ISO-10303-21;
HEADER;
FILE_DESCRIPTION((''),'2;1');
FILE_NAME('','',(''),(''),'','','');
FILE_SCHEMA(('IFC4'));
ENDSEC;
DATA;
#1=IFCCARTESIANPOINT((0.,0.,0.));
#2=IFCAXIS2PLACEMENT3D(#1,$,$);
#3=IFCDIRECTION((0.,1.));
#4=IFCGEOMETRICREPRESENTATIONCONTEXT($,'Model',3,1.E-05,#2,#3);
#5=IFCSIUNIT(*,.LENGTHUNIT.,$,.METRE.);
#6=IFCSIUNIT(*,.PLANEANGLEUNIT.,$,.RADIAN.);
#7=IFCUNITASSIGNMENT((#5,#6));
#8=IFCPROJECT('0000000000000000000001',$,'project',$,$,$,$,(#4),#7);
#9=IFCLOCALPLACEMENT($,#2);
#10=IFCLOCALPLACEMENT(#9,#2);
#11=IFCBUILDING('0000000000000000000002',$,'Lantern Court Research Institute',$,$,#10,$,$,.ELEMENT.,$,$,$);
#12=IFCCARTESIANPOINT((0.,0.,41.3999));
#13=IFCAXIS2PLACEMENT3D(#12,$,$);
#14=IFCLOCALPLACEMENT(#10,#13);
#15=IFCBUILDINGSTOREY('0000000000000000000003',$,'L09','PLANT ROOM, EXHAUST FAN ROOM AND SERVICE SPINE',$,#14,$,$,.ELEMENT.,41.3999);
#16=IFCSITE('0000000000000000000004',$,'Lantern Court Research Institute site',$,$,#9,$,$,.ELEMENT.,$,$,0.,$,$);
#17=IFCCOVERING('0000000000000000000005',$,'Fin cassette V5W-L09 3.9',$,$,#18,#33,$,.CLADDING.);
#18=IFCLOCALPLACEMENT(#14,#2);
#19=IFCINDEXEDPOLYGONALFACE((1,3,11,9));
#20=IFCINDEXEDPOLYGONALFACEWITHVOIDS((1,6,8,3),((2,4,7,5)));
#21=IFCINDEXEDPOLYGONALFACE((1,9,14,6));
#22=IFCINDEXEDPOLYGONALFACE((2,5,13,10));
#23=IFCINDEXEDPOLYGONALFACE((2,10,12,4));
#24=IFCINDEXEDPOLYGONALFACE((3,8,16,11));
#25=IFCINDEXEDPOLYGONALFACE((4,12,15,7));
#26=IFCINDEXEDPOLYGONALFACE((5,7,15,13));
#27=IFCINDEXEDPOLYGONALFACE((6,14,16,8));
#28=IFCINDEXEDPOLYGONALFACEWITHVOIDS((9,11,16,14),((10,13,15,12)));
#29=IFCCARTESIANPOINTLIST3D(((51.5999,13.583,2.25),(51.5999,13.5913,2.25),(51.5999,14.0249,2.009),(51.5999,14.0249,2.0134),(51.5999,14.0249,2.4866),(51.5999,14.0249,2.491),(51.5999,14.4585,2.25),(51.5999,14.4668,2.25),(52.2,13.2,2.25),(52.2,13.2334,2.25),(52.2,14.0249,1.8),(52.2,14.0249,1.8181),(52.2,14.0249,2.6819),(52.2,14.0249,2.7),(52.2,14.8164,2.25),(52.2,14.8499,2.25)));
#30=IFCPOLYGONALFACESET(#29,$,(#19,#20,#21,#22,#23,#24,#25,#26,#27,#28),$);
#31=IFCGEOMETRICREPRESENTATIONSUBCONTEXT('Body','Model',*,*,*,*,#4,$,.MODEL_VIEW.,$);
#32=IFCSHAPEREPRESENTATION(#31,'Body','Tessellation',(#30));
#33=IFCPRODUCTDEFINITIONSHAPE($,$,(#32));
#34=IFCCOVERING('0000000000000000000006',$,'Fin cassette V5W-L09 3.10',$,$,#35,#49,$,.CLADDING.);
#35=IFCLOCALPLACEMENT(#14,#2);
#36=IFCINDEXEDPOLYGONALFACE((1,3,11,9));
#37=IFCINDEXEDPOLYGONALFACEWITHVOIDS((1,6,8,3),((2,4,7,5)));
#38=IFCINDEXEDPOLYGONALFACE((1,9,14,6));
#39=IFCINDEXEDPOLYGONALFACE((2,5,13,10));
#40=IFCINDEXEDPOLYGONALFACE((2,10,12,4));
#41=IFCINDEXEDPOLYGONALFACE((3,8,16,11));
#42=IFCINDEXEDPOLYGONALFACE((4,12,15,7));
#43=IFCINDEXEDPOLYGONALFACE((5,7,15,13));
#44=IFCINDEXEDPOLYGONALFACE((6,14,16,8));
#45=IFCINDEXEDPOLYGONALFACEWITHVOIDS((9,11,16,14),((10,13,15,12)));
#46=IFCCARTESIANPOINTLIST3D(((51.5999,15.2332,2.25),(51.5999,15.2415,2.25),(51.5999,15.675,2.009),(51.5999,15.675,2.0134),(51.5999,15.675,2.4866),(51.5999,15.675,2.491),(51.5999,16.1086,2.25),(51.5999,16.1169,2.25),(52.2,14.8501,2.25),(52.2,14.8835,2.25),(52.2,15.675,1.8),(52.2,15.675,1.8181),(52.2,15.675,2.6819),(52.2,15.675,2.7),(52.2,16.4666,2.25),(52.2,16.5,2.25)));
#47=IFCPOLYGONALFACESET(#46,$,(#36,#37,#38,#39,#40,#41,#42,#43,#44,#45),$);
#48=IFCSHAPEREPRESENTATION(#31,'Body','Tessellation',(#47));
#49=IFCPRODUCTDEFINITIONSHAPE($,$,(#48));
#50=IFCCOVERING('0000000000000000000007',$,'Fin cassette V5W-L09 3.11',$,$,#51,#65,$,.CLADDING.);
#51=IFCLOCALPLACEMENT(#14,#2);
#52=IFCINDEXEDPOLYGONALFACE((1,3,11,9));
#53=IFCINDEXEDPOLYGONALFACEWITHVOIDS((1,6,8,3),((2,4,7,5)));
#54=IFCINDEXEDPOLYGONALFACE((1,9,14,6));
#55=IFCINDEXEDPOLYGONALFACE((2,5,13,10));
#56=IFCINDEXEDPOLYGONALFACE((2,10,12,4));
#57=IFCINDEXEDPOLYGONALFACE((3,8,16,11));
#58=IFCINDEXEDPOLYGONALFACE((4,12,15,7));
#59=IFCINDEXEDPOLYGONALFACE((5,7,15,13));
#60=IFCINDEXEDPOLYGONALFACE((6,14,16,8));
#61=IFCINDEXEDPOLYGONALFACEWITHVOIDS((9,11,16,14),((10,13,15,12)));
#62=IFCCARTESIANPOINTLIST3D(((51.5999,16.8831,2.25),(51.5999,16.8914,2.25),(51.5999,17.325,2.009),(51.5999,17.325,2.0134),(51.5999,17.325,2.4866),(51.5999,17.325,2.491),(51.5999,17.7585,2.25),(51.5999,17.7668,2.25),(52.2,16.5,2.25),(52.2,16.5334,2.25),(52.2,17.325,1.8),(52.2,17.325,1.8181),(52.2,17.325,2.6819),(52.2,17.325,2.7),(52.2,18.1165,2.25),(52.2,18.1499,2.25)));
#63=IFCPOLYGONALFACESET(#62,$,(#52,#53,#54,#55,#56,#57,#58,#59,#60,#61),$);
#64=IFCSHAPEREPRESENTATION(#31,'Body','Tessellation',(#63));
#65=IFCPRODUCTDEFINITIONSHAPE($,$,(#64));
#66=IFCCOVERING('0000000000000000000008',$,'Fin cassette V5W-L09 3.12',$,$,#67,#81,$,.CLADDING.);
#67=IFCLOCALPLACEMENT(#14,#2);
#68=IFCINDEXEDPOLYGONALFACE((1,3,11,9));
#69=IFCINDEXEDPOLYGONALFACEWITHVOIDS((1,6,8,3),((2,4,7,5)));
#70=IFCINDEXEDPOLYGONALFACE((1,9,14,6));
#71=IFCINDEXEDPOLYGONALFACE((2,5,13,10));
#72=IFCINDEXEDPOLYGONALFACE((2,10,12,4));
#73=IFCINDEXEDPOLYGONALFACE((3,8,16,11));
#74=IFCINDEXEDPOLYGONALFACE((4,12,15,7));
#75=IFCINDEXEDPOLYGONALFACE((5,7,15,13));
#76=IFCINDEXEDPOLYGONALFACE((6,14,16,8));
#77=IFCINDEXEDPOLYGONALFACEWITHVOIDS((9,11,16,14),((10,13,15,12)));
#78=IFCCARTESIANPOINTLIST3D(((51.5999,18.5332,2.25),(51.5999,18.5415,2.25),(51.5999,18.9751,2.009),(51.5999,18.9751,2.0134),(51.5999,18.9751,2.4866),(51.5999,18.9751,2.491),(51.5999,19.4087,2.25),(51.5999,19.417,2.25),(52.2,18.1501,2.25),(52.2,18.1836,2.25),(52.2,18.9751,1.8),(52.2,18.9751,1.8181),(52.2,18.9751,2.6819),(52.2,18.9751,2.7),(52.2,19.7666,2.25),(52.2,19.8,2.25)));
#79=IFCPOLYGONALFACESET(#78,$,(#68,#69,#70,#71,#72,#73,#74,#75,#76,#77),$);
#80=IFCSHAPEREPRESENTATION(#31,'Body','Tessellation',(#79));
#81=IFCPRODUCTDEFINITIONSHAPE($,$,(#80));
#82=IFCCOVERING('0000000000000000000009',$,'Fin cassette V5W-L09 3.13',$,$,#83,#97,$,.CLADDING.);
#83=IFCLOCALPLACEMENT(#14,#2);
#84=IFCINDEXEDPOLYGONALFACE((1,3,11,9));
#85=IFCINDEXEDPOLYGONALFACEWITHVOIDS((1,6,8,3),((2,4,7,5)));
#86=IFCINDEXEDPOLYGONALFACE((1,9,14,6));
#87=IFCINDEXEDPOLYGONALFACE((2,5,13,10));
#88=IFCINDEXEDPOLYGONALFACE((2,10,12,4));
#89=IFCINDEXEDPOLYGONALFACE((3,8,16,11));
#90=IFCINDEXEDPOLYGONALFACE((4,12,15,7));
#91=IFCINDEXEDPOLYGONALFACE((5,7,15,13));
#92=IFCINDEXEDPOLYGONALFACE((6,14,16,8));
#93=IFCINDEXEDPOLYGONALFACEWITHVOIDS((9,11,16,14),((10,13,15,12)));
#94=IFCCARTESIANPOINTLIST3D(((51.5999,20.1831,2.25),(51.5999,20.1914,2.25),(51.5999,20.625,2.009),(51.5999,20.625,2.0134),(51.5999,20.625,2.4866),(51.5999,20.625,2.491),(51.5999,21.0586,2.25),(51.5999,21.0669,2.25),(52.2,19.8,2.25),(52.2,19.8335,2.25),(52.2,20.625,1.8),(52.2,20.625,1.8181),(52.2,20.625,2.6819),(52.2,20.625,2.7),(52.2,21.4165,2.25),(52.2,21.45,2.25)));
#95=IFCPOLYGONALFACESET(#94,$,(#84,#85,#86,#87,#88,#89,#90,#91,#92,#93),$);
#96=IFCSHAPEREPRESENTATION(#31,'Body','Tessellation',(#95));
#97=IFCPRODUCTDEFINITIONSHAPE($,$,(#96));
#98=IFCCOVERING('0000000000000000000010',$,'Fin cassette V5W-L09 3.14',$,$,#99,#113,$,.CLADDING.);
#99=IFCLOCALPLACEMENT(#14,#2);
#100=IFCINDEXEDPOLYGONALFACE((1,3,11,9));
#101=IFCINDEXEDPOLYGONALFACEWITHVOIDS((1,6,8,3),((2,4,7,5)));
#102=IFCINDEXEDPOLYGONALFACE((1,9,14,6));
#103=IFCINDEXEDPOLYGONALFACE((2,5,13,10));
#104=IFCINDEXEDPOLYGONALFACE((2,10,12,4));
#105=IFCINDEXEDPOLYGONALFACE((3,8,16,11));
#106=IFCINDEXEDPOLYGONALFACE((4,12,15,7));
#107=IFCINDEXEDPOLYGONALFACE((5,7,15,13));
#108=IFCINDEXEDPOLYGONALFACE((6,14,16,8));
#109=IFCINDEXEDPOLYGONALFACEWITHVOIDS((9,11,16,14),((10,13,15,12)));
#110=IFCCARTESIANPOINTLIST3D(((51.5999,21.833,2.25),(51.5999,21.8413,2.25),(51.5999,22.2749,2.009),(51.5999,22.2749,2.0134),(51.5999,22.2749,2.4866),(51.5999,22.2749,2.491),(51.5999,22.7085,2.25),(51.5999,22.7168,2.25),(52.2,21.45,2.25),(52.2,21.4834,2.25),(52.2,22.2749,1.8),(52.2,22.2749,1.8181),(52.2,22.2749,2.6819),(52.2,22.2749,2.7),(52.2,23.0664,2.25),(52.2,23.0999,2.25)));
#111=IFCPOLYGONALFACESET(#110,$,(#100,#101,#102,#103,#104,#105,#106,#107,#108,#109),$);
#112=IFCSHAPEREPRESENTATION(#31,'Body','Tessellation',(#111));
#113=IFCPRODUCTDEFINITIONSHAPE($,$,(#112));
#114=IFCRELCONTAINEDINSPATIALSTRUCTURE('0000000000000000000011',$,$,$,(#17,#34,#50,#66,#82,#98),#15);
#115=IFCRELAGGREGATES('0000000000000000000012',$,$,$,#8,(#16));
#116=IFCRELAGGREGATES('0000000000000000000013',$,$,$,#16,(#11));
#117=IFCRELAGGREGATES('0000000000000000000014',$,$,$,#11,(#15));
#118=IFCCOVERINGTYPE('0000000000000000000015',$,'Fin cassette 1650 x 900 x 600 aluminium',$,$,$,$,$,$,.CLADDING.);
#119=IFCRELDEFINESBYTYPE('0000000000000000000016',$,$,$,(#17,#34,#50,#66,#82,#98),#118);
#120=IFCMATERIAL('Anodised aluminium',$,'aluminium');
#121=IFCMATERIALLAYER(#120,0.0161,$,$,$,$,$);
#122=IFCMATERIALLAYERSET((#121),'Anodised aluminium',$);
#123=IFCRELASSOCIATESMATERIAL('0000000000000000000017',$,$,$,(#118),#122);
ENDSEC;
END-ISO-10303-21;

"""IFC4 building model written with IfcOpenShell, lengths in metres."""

from ifc_helpers import new_model, entity, si_unit, direction, frame, origin, place, context, subcontext, project, spatial, material, layer, layer_set, type_object, element, save


model = new_model("IFC4")

# Units and contexts
model_context = context("Model", 3, precision=1e-05, world=origin(), true_north=direction((0.0, 1.0)))
body_context = subcontext(model_context, "Body", "Model", "MODEL_VIEW")
ifc_project = project(units=[si_unit("LENGTHUNIT", "METRE"), si_unit("PLANEANGLEUNIT", "RADIAN")], contexts=[model_context])

# Site, building, storey
site_placement = place(None, origin())
site = spatial("IfcSite", under=ifc_project, at=site_placement, Name="Lantern Court Research Institute site", CompositionType="ELEMENT", RefElevation=0.0)
building_placement = place(site_placement, origin())
building = spatial("IfcBuilding", under=site, at=building_placement, Name="Lantern Court Research Institute", CompositionType="ELEMENT")
storey_placement = place(building_placement, frame((0.0, 0.0, 41.3999)))
storey = spatial("IfcBuildingStorey", under=building, at=storey_placement, Name="L09", Description="PLANT ROOM, EXHAUST FAN ROOM AND SERVICE SPINE", CompositionType="ELEMENT", Elevation=41.3999)

# Coverings
ifc_material_1 = material(Name="Anodised aluminium", Category="aluminium")
ifc_layer_1 = layer(ifc_material_1, 0.0161)
ifc_layer_set_1 = layer_set([ifc_layer_1], Name="Anodised aluminium")
covering_type = type_object("IfcCoveringType", Name="Fin cassette 1650 x 900 x 600 aluminium", PredefinedType="CLADDING", material=ifc_layer_set_1)
covering_1_placement = place(storey_placement, frame((52.2, 14.0249, 2.25), z_axis=(-1.0, 0.0, 0.0), x_axis=(0.0, -1.0, 0.0)))
cartesian_point_1 = entity("IfcCartesianPoint", [0.825, 0.0])
cartesian_point_2 = entity("IfcCartesianPoint", [0.7915, 0.0])
cartesian_point_3 = entity("IfcCartesianPoint", [0.4419, 0.0])
cartesian_point_4 = entity("IfcCartesianPoint", [0.4336, 0.0])
element("IfcCovering", 1, at=covering_1_placement, inside=storey, type_object=covering_type, Name="Fin cassette V5W-L09 3.9", PredefinedType="CLADDING", context=body_context, shape_type="SweptSolid", body=[
    entity("IfcExtrudedAreaSolidTapered", entity("IfcArbitraryProfileDefWithVoids", "AREA", None, entity("IfcPolyline", [cartesian_point_1, entity("IfcCartesianPoint", [0.0, 0.45]), entity("IfcCartesianPoint", [-0.825, 0.0]), entity("IfcCartesianPoint", [0.0, -0.45]), cartesian_point_1]), [entity("IfcPolyline", [cartesian_point_2, entity("IfcCartesianPoint", [0.0, 0.4319]), entity("IfcCartesianPoint", [-0.7915, 0.0]), entity("IfcCartesianPoint", [0.0, -0.4319]), cartesian_point_2])]), entity("IfcAxis2Placement3D", entity("IfcCartesianPoint", [0.0, 0.0, 0.0])), entity("IfcDirection", [0.0, 0.0, 1.0]), 0.6001, entity("IfcArbitraryProfileDefWithVoids", "AREA", None, entity("IfcPolyline", [cartesian_point_3, entity("IfcCartesianPoint", [0.0, 0.241]), entity("IfcCartesianPoint", [-0.4419, 0.0]), entity("IfcCartesianPoint", [0.0, -0.241]), cartesian_point_3]), [entity("IfcPolyline", [cartesian_point_4, entity("IfcCartesianPoint", [0.0, 0.2366]), entity("IfcCartesianPoint", [-0.4336, 0.0]), entity("IfcCartesianPoint", [0.0, -0.2366]), cartesian_point_4])])),
])
covering_2_placement = place(storey_placement, frame((52.2, 15.675, 2.25), z_axis=(-1.0, 0.0, 0.0), x_axis=(0.0, -1.0, 0.0)))
cartesian_point_5 = entity("IfcCartesianPoint", [0.825, 0.0])
cartesian_point_6 = entity("IfcCartesianPoint", [0.7915, 0.0])
cartesian_point_7 = entity("IfcCartesianPoint", [0.4419, 0.0])
cartesian_point_8 = entity("IfcCartesianPoint", [0.4336, 0.0])
element("IfcCovering", 2, at=covering_2_placement, inside=storey, type_object=covering_type, Name="Fin cassette V5W-L09 3.10", PredefinedType="CLADDING", context=body_context, shape_type="SweptSolid", body=[
    entity("IfcExtrudedAreaSolidTapered", entity("IfcArbitraryProfileDefWithVoids", "AREA", None, entity("IfcPolyline", [cartesian_point_5, entity("IfcCartesianPoint", [0.0, 0.45]), entity("IfcCartesianPoint", [-0.825, 0.0]), entity("IfcCartesianPoint", [0.0, -0.45]), cartesian_point_5]), [entity("IfcPolyline", [cartesian_point_6, entity("IfcCartesianPoint", [0.0, 0.4319]), entity("IfcCartesianPoint", [-0.7915, 0.0]), entity("IfcCartesianPoint", [0.0, -0.4319]), cartesian_point_6])]), entity("IfcAxis2Placement3D", entity("IfcCartesianPoint", [0.0, 0.0, 0.0])), entity("IfcDirection", [0.0, 0.0, 1.0]), 0.6001, entity("IfcArbitraryProfileDefWithVoids", "AREA", None, entity("IfcPolyline", [cartesian_point_7, entity("IfcCartesianPoint", [0.0, 0.241]), entity("IfcCartesianPoint", [-0.4419, 0.0]), entity("IfcCartesianPoint", [0.0, -0.241]), cartesian_point_7]), [entity("IfcPolyline", [cartesian_point_8, entity("IfcCartesianPoint", [0.0, 0.2366]), entity("IfcCartesianPoint", [-0.4336, 0.0]), entity("IfcCartesianPoint", [0.0, -0.2366]), cartesian_point_8])])),
])
covering_3_placement = place(storey_placement, frame((52.2, 17.325, 2.25), z_axis=(-1.0, 0.0, 0.0), x_axis=(0.0, -1.0, 0.0)))
cartesian_point_9 = entity("IfcCartesianPoint", [0.825, 0.0])
cartesian_point_10 = entity("IfcCartesianPoint", [0.7915, 0.0])
cartesian_point_11 = entity("IfcCartesianPoint", [0.4419, 0.0])
cartesian_point_12 = entity("IfcCartesianPoint", [0.4336, 0.0])
element("IfcCovering", 3, at=covering_3_placement, inside=storey, type_object=covering_type, Name="Fin cassette V5W-L09 3.11", PredefinedType="CLADDING", context=body_context, shape_type="SweptSolid", body=[
    entity("IfcExtrudedAreaSolidTapered", entity("IfcArbitraryProfileDefWithVoids", "AREA", None, entity("IfcPolyline", [cartesian_point_9, entity("IfcCartesianPoint", [0.0, 0.45]), entity("IfcCartesianPoint", [-0.825, 0.0]), entity("IfcCartesianPoint", [0.0, -0.45]), cartesian_point_9]), [entity("IfcPolyline", [cartesian_point_10, entity("IfcCartesianPoint", [0.0, 0.4319]), entity("IfcCartesianPoint", [-0.7915, 0.0]), entity("IfcCartesianPoint", [0.0, -0.4319]), cartesian_point_10])]), entity("IfcAxis2Placement3D", entity("IfcCartesianPoint", [0.0, 0.0, 0.0])), entity("IfcDirection", [0.0, 0.0, 1.0]), 0.6001, entity("IfcArbitraryProfileDefWithVoids", "AREA", None, entity("IfcPolyline", [cartesian_point_11, entity("IfcCartesianPoint", [0.0, 0.241]), entity("IfcCartesianPoint", [-0.4419, 0.0]), entity("IfcCartesianPoint", [0.0, -0.241]), cartesian_point_11]), [entity("IfcPolyline", [cartesian_point_12, entity("IfcCartesianPoint", [0.0, 0.2366]), entity("IfcCartesianPoint", [-0.4336, 0.0]), entity("IfcCartesianPoint", [0.0, -0.2366]), cartesian_point_12])])),
])
covering_4_placement = place(storey_placement, frame((52.2, 18.9751, 2.25), z_axis=(-1.0, 0.0, 0.0), x_axis=(0.0, -1.0, 0.0)))
cartesian_point_13 = entity("IfcCartesianPoint", [0.825, 0.0])
cartesian_point_14 = entity("IfcCartesianPoint", [0.7915, 0.0])
cartesian_point_15 = entity("IfcCartesianPoint", [0.4419, 0.0])
cartesian_point_16 = entity("IfcCartesianPoint", [0.4336, 0.0])
element("IfcCovering", 4, at=covering_4_placement, inside=storey, type_object=covering_type, Name="Fin cassette V5W-L09 3.12", PredefinedType="CLADDING", context=body_context, shape_type="SweptSolid", body=[
    entity("IfcExtrudedAreaSolidTapered", entity("IfcArbitraryProfileDefWithVoids", "AREA", None, entity("IfcPolyline", [cartesian_point_13, entity("IfcCartesianPoint", [0.0, 0.45]), entity("IfcCartesianPoint", [-0.825, 0.0]), entity("IfcCartesianPoint", [0.0, -0.45]), cartesian_point_13]), [entity("IfcPolyline", [cartesian_point_14, entity("IfcCartesianPoint", [0.0, 0.4319]), entity("IfcCartesianPoint", [-0.7915, 0.0]), entity("IfcCartesianPoint", [0.0, -0.4319]), cartesian_point_14])]), entity("IfcAxis2Placement3D", entity("IfcCartesianPoint", [0.0, 0.0, 0.0])), entity("IfcDirection", [0.0, 0.0, 1.0]), 0.6001, entity("IfcArbitraryProfileDefWithVoids", "AREA", None, entity("IfcPolyline", [cartesian_point_15, entity("IfcCartesianPoint", [0.0, 0.241]), entity("IfcCartesianPoint", [-0.4419, 0.0]), entity("IfcCartesianPoint", [0.0, -0.241]), cartesian_point_15]), [entity("IfcPolyline", [cartesian_point_16, entity("IfcCartesianPoint", [0.0, 0.2366]), entity("IfcCartesianPoint", [-0.4336, 0.0]), entity("IfcCartesianPoint", [0.0, -0.2366]), cartesian_point_16])])),
])
covering_5_placement = place(storey_placement, frame((52.2, 20.625, 2.25), z_axis=(-1.0, 0.0, 0.0), x_axis=(0.0, -1.0, 0.0)))
cartesian_point_17 = entity("IfcCartesianPoint", [0.825, 0.0])
cartesian_point_18 = entity("IfcCartesianPoint", [0.7915, 0.0])
cartesian_point_19 = entity("IfcCartesianPoint", [0.4419, 0.0])
cartesian_point_20 = entity("IfcCartesianPoint", [0.4336, 0.0])
element("IfcCovering", 5, at=covering_5_placement, inside=storey, type_object=covering_type, Name="Fin cassette V5W-L09 3.13", PredefinedType="CLADDING", context=body_context, shape_type="SweptSolid", body=[
    entity("IfcExtrudedAreaSolidTapered", entity("IfcArbitraryProfileDefWithVoids", "AREA", None, entity("IfcPolyline", [cartesian_point_17, entity("IfcCartesianPoint", [0.0, 0.45]), entity("IfcCartesianPoint", [-0.825, 0.0]), entity("IfcCartesianPoint", [0.0, -0.45]), cartesian_point_17]), [entity("IfcPolyline", [cartesian_point_18, entity("IfcCartesianPoint", [0.0, 0.4319]), entity("IfcCartesianPoint", [-0.7915, 0.0]), entity("IfcCartesianPoint", [0.0, -0.4319]), cartesian_point_18])]), entity("IfcAxis2Placement3D", entity("IfcCartesianPoint", [0.0, 0.0, 0.0])), entity("IfcDirection", [0.0, 0.0, 1.0]), 0.6001, entity("IfcArbitraryProfileDefWithVoids", "AREA", None, entity("IfcPolyline", [cartesian_point_19, entity("IfcCartesianPoint", [0.0, 0.241]), entity("IfcCartesianPoint", [-0.4419, 0.0]), entity("IfcCartesianPoint", [0.0, -0.241]), cartesian_point_19]), [entity("IfcPolyline", [cartesian_point_20, entity("IfcCartesianPoint", [0.0, 0.2366]), entity("IfcCartesianPoint", [-0.4336, 0.0]), entity("IfcCartesianPoint", [0.0, -0.2366]), cartesian_point_20])])),
])
covering_6_placement = place(storey_placement, frame((52.2, 22.2749, 2.25), z_axis=(-1.0, 0.0, 0.0), x_axis=(0.0, -1.0, 0.0)))
cartesian_point_21 = entity("IfcCartesianPoint", [0.825, 0.0])
cartesian_point_22 = entity("IfcCartesianPoint", [0.7915, 0.0])
cartesian_point_23 = entity("IfcCartesianPoint", [0.4419, 0.0])
cartesian_point_24 = entity("IfcCartesianPoint", [0.4336, 0.0])
element("IfcCovering", 6, at=covering_6_placement, inside=storey, type_object=covering_type, Name="Fin cassette V5W-L09 3.14", PredefinedType="CLADDING", context=body_context, shape_type="SweptSolid", body=[
    entity("IfcExtrudedAreaSolidTapered", entity("IfcArbitraryProfileDefWithVoids", "AREA", None, entity("IfcPolyline", [cartesian_point_21, entity("IfcCartesianPoint", [0.0, 0.45]), entity("IfcCartesianPoint", [-0.825, 0.0]), entity("IfcCartesianPoint", [0.0, -0.45]), cartesian_point_21]), [entity("IfcPolyline", [cartesian_point_22, entity("IfcCartesianPoint", [0.0, 0.4319]), entity("IfcCartesianPoint", [-0.7915, 0.0]), entity("IfcCartesianPoint", [0.0, -0.4319]), cartesian_point_22])]), entity("IfcAxis2Placement3D", entity("IfcCartesianPoint", [0.0, 0.0, 0.0])), entity("IfcDirection", [0.0, 0.0, 1.0]), 0.6001, entity("IfcArbitraryProfileDefWithVoids", "AREA", None, entity("IfcPolyline", [cartesian_point_23, entity("IfcCartesianPoint", [0.0, 0.241]), entity("IfcCartesianPoint", [-0.4419, 0.0]), entity("IfcCartesianPoint", [0.0, -0.241]), cartesian_point_23]), [entity("IfcPolyline", [cartesian_point_24, entity("IfcCartesianPoint", [0.0, 0.2366]), entity("IfcCartesianPoint", [-0.4336, 0.0]), entity("IfcCartesianPoint", [0.0, -0.2366]), cartesian_point_24])])),
])

save(model, "model.ifc")
